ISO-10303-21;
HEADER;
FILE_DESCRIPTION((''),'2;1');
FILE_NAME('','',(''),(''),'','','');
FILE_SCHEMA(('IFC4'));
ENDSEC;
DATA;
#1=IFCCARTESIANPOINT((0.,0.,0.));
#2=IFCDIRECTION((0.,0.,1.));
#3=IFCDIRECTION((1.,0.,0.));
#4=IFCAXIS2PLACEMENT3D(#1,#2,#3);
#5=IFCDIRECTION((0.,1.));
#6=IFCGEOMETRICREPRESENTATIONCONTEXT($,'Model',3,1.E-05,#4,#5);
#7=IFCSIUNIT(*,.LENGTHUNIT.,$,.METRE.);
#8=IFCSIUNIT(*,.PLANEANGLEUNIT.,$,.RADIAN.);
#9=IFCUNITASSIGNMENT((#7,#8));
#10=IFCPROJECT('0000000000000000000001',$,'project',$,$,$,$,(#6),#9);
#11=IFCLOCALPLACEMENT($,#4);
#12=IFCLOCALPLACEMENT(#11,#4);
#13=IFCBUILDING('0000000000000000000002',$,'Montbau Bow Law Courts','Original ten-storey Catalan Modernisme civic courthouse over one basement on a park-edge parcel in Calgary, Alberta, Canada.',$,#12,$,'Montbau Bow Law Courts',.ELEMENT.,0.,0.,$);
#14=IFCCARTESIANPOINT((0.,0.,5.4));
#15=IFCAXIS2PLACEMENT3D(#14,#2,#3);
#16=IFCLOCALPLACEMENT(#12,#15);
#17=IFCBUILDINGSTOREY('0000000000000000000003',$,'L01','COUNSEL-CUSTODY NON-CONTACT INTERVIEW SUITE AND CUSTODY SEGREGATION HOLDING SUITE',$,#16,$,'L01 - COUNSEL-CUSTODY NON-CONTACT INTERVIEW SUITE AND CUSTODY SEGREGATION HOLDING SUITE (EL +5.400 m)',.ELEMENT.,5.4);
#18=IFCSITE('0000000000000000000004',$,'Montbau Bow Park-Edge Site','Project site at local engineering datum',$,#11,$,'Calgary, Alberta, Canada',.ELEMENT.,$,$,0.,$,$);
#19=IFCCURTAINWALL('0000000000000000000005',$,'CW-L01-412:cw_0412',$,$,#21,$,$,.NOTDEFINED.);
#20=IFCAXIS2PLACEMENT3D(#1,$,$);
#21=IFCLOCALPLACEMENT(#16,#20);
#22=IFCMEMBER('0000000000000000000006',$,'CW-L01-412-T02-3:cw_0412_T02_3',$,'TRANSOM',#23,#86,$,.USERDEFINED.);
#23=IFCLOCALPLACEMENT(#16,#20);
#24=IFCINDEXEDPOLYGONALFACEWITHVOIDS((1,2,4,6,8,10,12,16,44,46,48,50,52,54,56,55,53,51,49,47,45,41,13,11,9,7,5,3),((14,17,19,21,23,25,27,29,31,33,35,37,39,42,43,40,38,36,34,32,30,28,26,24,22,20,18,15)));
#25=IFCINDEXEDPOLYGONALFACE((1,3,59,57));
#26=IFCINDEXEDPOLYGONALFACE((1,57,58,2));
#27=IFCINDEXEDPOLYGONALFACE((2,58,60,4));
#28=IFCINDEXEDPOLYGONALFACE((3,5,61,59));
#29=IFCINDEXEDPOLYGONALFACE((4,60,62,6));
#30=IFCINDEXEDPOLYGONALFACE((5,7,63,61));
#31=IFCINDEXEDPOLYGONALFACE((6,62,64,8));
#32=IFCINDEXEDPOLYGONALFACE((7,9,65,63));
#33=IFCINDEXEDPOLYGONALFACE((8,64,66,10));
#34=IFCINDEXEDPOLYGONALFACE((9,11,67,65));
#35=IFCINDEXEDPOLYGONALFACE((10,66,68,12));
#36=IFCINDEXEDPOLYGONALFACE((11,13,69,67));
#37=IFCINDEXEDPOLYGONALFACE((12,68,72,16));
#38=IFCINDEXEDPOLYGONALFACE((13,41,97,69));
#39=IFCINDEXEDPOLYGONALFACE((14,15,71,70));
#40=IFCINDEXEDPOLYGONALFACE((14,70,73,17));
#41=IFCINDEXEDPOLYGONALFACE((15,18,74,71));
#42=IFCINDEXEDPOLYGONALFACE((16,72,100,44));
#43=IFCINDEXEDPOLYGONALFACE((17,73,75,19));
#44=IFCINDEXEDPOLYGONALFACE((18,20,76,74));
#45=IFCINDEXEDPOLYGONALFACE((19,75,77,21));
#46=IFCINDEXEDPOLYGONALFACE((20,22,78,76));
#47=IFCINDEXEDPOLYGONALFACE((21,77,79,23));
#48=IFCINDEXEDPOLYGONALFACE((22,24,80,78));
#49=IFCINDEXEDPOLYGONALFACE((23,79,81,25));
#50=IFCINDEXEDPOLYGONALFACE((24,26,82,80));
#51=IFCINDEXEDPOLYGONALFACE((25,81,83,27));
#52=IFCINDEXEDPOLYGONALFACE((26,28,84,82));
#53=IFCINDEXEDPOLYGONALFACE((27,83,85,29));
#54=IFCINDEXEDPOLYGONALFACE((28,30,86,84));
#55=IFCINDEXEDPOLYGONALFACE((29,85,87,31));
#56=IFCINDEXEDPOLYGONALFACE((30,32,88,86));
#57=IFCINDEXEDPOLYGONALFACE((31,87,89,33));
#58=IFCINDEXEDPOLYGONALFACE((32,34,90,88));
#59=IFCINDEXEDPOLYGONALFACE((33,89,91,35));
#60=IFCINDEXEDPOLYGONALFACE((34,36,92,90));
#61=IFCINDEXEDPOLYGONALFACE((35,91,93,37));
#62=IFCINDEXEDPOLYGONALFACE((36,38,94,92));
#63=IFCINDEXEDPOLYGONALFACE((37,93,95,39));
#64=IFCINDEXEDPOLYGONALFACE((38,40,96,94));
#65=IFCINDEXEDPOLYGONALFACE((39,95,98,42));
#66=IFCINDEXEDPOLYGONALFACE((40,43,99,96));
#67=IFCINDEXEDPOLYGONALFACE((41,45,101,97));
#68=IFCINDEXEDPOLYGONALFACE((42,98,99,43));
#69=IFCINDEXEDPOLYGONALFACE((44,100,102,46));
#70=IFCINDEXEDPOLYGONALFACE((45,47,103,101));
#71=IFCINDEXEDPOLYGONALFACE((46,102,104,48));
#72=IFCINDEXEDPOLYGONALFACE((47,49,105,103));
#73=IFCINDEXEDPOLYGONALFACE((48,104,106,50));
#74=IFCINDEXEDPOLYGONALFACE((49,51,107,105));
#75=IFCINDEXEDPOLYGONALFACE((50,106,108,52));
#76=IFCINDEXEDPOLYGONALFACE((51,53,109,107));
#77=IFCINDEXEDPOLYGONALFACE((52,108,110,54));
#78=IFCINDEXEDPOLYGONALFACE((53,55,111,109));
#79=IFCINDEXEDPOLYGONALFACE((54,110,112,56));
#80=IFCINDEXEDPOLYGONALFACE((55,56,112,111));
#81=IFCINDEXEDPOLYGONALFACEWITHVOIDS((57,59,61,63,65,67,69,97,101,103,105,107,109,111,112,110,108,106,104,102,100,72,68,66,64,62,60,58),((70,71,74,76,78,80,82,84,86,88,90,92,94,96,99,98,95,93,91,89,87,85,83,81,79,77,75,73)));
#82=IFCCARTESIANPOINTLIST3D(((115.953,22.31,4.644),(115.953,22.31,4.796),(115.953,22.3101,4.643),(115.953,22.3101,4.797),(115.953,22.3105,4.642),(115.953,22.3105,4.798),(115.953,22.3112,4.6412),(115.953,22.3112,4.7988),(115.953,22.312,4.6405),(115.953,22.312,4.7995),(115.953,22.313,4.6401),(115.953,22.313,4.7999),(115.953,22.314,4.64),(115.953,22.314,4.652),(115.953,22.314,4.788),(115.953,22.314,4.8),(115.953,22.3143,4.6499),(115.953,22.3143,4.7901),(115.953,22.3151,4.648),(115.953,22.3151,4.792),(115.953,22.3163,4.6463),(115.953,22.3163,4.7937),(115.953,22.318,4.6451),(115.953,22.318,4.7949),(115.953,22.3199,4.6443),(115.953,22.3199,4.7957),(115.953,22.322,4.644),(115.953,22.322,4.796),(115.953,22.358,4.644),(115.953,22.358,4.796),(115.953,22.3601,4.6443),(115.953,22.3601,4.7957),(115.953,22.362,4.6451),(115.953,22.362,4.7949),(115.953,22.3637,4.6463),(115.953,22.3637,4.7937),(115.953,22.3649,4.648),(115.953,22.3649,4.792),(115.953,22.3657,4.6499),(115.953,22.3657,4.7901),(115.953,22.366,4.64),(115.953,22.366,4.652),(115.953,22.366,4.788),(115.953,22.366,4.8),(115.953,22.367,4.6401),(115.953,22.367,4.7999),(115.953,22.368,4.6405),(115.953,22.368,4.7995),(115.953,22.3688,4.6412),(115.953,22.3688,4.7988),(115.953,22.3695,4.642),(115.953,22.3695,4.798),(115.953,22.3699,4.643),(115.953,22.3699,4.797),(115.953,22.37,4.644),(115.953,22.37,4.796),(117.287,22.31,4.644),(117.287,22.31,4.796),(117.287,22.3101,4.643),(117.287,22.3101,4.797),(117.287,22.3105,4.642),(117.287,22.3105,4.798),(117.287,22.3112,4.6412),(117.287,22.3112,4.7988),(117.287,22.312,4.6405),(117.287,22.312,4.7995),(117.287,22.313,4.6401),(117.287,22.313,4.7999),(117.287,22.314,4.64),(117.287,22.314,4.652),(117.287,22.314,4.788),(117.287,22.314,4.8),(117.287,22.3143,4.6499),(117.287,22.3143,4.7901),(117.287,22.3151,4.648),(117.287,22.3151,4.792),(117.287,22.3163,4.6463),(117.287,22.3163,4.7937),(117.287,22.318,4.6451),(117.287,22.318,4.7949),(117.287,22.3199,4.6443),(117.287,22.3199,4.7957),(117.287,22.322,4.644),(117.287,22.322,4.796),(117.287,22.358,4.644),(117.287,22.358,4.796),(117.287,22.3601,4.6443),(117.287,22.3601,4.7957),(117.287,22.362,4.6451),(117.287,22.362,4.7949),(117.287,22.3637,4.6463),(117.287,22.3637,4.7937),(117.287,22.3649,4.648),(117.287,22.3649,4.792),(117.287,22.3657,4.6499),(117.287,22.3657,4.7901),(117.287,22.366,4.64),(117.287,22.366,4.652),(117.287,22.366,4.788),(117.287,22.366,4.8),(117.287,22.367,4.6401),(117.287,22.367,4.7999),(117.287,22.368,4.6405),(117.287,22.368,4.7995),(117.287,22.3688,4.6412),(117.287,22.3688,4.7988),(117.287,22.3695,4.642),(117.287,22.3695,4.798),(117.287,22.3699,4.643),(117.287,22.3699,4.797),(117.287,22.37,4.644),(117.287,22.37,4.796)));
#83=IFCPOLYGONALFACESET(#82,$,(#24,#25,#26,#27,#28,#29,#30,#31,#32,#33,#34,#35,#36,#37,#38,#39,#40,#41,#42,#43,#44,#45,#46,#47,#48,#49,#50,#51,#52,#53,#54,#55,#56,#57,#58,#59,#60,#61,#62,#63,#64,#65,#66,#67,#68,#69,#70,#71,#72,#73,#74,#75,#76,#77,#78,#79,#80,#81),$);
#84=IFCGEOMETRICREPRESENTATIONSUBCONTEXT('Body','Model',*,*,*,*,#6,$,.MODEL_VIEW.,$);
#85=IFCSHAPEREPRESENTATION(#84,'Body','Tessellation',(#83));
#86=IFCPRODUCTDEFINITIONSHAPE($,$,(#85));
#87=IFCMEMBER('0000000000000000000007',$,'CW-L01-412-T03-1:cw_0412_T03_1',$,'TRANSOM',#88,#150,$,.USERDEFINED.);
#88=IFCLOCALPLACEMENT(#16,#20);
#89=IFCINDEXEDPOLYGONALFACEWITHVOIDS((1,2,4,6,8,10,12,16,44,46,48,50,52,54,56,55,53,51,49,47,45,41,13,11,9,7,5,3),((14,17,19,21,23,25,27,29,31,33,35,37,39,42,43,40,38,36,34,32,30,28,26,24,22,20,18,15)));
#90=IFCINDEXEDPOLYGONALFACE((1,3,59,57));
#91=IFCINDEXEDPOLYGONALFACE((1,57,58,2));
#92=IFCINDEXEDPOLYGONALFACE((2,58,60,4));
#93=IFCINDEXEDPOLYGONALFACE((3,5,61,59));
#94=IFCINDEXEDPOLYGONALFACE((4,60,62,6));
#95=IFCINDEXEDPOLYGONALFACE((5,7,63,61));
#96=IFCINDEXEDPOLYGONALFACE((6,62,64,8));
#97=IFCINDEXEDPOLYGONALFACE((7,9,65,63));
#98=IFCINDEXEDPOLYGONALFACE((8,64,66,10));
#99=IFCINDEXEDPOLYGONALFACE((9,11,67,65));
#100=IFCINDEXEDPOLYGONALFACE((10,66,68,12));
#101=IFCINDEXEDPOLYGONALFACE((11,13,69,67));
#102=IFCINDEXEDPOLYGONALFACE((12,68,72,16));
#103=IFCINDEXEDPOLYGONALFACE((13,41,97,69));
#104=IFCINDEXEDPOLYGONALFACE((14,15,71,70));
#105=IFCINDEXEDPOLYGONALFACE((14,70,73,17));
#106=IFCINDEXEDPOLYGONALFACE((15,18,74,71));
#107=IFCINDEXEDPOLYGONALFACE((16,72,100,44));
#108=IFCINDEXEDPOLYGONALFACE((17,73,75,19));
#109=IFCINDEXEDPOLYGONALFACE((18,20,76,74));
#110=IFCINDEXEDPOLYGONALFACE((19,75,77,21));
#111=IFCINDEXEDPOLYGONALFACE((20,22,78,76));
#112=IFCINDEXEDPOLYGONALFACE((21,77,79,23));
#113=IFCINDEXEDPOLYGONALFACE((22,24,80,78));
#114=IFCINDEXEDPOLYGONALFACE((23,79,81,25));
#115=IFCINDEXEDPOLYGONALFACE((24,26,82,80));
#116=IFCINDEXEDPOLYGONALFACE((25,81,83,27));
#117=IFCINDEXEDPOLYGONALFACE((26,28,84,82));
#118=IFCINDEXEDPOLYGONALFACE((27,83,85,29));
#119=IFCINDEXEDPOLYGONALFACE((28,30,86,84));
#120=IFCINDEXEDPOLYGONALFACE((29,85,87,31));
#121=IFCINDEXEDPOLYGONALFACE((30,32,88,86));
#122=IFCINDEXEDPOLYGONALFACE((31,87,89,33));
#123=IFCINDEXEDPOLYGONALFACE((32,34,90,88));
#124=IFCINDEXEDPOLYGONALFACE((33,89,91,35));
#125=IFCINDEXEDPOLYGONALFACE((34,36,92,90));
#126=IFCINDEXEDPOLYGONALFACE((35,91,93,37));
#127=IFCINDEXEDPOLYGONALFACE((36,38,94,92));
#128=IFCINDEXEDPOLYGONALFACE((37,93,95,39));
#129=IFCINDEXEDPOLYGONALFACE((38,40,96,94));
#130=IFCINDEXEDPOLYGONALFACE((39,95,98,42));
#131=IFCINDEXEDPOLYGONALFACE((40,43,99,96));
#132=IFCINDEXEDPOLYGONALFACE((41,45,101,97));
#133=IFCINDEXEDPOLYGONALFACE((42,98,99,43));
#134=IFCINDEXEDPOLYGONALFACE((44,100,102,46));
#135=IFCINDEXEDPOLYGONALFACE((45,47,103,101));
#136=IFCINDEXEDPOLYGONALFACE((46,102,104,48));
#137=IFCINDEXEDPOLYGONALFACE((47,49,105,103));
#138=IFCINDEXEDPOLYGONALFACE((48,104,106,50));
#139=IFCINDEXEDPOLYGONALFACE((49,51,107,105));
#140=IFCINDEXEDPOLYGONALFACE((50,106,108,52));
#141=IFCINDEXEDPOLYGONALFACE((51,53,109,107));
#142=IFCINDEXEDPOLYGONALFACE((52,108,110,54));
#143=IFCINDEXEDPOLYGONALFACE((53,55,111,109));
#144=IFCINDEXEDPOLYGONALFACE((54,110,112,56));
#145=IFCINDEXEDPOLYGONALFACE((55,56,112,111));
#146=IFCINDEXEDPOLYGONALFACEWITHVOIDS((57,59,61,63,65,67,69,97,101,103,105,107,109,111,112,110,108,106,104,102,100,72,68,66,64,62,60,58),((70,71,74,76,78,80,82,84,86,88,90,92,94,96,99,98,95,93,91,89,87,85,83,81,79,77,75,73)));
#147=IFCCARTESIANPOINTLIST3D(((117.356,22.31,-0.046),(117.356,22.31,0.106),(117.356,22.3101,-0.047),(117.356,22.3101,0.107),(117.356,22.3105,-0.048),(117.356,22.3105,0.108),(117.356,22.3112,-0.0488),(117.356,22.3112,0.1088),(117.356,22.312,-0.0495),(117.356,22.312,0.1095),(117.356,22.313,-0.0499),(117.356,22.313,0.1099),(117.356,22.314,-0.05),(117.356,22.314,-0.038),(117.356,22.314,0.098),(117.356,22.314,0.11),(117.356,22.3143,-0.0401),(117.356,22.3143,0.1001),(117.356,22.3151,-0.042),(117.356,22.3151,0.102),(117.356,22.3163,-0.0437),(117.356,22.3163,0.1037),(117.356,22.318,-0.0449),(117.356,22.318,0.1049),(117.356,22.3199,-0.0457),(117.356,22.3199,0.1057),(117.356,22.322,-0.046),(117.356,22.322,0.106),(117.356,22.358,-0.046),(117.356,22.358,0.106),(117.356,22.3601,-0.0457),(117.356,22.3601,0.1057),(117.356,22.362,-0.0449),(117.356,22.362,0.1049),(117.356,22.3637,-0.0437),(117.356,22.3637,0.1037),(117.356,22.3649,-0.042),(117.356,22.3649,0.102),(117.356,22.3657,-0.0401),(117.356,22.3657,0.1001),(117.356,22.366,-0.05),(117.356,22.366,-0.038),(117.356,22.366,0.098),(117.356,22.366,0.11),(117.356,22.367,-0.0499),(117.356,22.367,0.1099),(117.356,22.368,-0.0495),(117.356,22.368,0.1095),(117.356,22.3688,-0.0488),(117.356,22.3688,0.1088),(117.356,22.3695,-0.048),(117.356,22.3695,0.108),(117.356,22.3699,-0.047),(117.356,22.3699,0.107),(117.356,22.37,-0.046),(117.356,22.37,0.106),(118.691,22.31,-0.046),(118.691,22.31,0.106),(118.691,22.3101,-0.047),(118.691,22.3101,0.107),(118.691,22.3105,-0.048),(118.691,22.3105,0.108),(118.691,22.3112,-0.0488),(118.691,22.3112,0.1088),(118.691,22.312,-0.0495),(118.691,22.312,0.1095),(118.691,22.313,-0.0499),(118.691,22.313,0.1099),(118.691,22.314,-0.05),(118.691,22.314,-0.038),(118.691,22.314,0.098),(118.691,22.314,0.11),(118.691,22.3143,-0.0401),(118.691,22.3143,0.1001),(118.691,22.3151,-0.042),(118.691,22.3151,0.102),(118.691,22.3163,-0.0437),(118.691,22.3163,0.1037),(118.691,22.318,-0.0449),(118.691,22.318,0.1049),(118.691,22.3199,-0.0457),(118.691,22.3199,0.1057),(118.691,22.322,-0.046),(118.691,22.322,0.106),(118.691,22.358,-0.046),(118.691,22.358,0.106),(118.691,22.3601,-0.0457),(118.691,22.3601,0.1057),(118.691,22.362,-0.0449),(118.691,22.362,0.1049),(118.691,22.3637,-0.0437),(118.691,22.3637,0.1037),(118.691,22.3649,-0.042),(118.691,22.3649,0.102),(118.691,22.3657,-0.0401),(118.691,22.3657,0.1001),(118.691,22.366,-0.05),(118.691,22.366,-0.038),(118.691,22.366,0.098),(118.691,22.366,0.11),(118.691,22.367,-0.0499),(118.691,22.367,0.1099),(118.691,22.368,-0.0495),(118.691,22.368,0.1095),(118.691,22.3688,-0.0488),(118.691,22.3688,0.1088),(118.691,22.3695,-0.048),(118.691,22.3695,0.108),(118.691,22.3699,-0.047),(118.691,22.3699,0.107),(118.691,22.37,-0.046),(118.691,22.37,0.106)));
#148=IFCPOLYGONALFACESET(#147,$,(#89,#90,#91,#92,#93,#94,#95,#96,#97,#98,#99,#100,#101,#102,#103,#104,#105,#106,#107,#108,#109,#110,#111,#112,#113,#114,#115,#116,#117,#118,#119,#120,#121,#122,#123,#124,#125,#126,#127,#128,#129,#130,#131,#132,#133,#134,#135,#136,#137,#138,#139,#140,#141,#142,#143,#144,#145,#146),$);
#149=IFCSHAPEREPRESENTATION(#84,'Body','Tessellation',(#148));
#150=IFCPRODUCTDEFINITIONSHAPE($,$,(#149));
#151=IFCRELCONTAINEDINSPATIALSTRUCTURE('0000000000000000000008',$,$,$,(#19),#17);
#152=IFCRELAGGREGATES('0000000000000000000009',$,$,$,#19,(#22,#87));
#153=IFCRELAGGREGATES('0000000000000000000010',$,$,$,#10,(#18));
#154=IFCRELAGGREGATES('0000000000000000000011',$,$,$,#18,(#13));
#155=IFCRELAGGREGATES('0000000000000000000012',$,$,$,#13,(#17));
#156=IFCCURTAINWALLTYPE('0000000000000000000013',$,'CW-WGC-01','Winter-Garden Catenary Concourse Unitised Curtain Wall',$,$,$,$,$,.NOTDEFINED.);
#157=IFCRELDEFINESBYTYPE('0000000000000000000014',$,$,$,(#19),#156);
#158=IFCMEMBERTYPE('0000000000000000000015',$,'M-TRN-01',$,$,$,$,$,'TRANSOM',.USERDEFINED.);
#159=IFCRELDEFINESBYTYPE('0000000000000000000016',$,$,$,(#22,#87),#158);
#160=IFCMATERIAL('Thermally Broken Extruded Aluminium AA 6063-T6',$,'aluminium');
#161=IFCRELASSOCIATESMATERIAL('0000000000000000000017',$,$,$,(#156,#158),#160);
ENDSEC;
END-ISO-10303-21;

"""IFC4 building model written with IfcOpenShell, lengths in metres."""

from ifc_helpers import new_model, si_unit, direction, frame, origin_with_axes, origin_2d_with_axis, place, context, subcontext, project, spatial, hollow_rectangle, extrude, material, material_profile, profile_set, type_object, element, aggregate, save


model = new_model("IFC4")

# Units and contexts
model_context = context("Model", 3, precision=1e-05, world=origin_with_axes(), true_north=direction((0.0, 1.0)))
body_context = subcontext(model_context, "Body", "Model", "MODEL_VIEW")
ifc_project = project(units=[si_unit("LENGTHUNIT", "METRE"), si_unit("PLANEANGLEUNIT", "RADIAN")], contexts=[model_context])

# Site, building, storey
site_placement = place(None, origin_with_axes())
site = spatial("IfcSite", under=ifc_project, at=site_placement, Name="Montbau Bow Park-Edge Site", Description="Project site at local engineering datum", LongName="Calgary, Alberta, Canada", CompositionType="ELEMENT", RefElevation=0.0)
building_placement = place(site_placement, origin_with_axes())
building = spatial("IfcBuilding", under=site, at=building_placement, Name="Montbau Bow Law Courts", Description="Original ten-storey Catalan Modernisme civic courthouse over one basement on a park-edge parcel in Calgary, Alberta, Canada.", LongName="Montbau Bow Law Courts", CompositionType="ELEMENT", ElevationOfRefHeight=0.0, ElevationOfTerrain=0.0)
storey_placement = place(building_placement, frame((0.0, 0.0, 5.4), z_axis=(0.0, 0.0, 1.0), x_axis=(1.0, 0.0, 0.0)))
storey = spatial("IfcBuildingStorey", under=building, at=storey_placement, Name="L01", Description="COUNSEL-CUSTODY NON-CONTACT INTERVIEW SUITE AND CUSTODY SEGREGATION HOLDING SUITE", LongName="L01 - COUNSEL-CUSTODY NON-CONTACT INTERVIEW SUITE AND CUSTODY SEGREGATION HOLDING SUITE (EL +5.400 m)", CompositionType="ELEMENT", Elevation=5.4)

# Shared definitions
ifc_material_1 = material(Name="Thermally Broken Extruded Aluminium AA 6063-T6", Category="aluminium")
curtain_wall_type = type_object("IfcCurtainWallType", Name="CW-WGC-01", Description="Winter-Garden Catenary Concourse Unitised Curtain Wall", PredefinedType="NOTDEFINED", material=ifc_material_1)

# Curtain wall, members
curtain_wall_1_placement = place(None, frame((114.515, 22.34, 5.4), z_axis=(0.0, 0.0, 1.0), x_axis=(1.0, 0.0, 0.0)))
curtain_wall_1 = element("IfcCurtainWall", 1, at=curtain_wall_1_placement, inside=storey, type_object=curtain_wall_type, Name="CW-L01-412:cw_0412", PredefinedType="NOTDEFINED")
ifc_material_profile_1 = material_profile(ifc_material_1, hollow_rectangle(XDim=0.06, YDim=0.16, WallThickness=0.004, InnerFilletRadius=0.008, OuterFilletRadius=0.004, at=origin_2d_with_axis()), Name="CWT-160X60", Category="Main", Priority=0)
ifc_profile_set_1 = profile_set([ifc_material_profile_1], Name="Thermally Broken Extruded Aluminium AA 6063-T6")
member_type_1 = type_object("IfcMemberType", Name="M-TRN-01", ElementType="TRANSOM", PredefinedType="USERDEFINED", material=ifc_profile_set_1)
member_1_placement = place(None, frame((115.953, 22.34, 10.12), z_axis=(1.0, 0.0, 0.0), x_axis=(0.0, 1.0, 0.0)))
member_1 = element("IfcMember", 2, at=member_1_placement, type_object=member_type_1, Name="CW-L01-412-T02-3:cw_0412_T02_3", ObjectType="TRANSOM", PredefinedType="USERDEFINED", context=body_context, shape_type="SweptSolid", body=[
    extrude(hollow_rectangle(XDim=0.06, YDim=0.16, WallThickness=0.004, InnerFilletRadius=0.008, OuterFilletRadius=0.004, at=origin_2d_with_axis()), origin_with_axes(), (0.0, 0.0, 1.0), 1.334),
])
member_2_placement = place(None, frame((117.356, 22.34, 5.43), z_axis=(1.0, 0.0, 0.0), x_axis=(0.0, 1.0, 0.0)))
member_2 = element("IfcMember", 3, at=member_2_placement, type_object=member_type_1, Name="CW-L01-412-T03-1:cw_0412_T03_1", ObjectType="TRANSOM", PredefinedType="USERDEFINED", context=body_context, shape_type="SweptSolid", body=[
    extrude(hollow_rectangle(XDim=0.06, YDim=0.16, WallThickness=0.004, InnerFilletRadius=0.008, OuterFilletRadius=0.004, at=origin_2d_with_axis()), origin_with_axes(), (0.0, 0.0, 1.0), 1.335),
])
aggregate(curtain_wall_1, [member_1, member_2])

save(model, "model.ifc")
